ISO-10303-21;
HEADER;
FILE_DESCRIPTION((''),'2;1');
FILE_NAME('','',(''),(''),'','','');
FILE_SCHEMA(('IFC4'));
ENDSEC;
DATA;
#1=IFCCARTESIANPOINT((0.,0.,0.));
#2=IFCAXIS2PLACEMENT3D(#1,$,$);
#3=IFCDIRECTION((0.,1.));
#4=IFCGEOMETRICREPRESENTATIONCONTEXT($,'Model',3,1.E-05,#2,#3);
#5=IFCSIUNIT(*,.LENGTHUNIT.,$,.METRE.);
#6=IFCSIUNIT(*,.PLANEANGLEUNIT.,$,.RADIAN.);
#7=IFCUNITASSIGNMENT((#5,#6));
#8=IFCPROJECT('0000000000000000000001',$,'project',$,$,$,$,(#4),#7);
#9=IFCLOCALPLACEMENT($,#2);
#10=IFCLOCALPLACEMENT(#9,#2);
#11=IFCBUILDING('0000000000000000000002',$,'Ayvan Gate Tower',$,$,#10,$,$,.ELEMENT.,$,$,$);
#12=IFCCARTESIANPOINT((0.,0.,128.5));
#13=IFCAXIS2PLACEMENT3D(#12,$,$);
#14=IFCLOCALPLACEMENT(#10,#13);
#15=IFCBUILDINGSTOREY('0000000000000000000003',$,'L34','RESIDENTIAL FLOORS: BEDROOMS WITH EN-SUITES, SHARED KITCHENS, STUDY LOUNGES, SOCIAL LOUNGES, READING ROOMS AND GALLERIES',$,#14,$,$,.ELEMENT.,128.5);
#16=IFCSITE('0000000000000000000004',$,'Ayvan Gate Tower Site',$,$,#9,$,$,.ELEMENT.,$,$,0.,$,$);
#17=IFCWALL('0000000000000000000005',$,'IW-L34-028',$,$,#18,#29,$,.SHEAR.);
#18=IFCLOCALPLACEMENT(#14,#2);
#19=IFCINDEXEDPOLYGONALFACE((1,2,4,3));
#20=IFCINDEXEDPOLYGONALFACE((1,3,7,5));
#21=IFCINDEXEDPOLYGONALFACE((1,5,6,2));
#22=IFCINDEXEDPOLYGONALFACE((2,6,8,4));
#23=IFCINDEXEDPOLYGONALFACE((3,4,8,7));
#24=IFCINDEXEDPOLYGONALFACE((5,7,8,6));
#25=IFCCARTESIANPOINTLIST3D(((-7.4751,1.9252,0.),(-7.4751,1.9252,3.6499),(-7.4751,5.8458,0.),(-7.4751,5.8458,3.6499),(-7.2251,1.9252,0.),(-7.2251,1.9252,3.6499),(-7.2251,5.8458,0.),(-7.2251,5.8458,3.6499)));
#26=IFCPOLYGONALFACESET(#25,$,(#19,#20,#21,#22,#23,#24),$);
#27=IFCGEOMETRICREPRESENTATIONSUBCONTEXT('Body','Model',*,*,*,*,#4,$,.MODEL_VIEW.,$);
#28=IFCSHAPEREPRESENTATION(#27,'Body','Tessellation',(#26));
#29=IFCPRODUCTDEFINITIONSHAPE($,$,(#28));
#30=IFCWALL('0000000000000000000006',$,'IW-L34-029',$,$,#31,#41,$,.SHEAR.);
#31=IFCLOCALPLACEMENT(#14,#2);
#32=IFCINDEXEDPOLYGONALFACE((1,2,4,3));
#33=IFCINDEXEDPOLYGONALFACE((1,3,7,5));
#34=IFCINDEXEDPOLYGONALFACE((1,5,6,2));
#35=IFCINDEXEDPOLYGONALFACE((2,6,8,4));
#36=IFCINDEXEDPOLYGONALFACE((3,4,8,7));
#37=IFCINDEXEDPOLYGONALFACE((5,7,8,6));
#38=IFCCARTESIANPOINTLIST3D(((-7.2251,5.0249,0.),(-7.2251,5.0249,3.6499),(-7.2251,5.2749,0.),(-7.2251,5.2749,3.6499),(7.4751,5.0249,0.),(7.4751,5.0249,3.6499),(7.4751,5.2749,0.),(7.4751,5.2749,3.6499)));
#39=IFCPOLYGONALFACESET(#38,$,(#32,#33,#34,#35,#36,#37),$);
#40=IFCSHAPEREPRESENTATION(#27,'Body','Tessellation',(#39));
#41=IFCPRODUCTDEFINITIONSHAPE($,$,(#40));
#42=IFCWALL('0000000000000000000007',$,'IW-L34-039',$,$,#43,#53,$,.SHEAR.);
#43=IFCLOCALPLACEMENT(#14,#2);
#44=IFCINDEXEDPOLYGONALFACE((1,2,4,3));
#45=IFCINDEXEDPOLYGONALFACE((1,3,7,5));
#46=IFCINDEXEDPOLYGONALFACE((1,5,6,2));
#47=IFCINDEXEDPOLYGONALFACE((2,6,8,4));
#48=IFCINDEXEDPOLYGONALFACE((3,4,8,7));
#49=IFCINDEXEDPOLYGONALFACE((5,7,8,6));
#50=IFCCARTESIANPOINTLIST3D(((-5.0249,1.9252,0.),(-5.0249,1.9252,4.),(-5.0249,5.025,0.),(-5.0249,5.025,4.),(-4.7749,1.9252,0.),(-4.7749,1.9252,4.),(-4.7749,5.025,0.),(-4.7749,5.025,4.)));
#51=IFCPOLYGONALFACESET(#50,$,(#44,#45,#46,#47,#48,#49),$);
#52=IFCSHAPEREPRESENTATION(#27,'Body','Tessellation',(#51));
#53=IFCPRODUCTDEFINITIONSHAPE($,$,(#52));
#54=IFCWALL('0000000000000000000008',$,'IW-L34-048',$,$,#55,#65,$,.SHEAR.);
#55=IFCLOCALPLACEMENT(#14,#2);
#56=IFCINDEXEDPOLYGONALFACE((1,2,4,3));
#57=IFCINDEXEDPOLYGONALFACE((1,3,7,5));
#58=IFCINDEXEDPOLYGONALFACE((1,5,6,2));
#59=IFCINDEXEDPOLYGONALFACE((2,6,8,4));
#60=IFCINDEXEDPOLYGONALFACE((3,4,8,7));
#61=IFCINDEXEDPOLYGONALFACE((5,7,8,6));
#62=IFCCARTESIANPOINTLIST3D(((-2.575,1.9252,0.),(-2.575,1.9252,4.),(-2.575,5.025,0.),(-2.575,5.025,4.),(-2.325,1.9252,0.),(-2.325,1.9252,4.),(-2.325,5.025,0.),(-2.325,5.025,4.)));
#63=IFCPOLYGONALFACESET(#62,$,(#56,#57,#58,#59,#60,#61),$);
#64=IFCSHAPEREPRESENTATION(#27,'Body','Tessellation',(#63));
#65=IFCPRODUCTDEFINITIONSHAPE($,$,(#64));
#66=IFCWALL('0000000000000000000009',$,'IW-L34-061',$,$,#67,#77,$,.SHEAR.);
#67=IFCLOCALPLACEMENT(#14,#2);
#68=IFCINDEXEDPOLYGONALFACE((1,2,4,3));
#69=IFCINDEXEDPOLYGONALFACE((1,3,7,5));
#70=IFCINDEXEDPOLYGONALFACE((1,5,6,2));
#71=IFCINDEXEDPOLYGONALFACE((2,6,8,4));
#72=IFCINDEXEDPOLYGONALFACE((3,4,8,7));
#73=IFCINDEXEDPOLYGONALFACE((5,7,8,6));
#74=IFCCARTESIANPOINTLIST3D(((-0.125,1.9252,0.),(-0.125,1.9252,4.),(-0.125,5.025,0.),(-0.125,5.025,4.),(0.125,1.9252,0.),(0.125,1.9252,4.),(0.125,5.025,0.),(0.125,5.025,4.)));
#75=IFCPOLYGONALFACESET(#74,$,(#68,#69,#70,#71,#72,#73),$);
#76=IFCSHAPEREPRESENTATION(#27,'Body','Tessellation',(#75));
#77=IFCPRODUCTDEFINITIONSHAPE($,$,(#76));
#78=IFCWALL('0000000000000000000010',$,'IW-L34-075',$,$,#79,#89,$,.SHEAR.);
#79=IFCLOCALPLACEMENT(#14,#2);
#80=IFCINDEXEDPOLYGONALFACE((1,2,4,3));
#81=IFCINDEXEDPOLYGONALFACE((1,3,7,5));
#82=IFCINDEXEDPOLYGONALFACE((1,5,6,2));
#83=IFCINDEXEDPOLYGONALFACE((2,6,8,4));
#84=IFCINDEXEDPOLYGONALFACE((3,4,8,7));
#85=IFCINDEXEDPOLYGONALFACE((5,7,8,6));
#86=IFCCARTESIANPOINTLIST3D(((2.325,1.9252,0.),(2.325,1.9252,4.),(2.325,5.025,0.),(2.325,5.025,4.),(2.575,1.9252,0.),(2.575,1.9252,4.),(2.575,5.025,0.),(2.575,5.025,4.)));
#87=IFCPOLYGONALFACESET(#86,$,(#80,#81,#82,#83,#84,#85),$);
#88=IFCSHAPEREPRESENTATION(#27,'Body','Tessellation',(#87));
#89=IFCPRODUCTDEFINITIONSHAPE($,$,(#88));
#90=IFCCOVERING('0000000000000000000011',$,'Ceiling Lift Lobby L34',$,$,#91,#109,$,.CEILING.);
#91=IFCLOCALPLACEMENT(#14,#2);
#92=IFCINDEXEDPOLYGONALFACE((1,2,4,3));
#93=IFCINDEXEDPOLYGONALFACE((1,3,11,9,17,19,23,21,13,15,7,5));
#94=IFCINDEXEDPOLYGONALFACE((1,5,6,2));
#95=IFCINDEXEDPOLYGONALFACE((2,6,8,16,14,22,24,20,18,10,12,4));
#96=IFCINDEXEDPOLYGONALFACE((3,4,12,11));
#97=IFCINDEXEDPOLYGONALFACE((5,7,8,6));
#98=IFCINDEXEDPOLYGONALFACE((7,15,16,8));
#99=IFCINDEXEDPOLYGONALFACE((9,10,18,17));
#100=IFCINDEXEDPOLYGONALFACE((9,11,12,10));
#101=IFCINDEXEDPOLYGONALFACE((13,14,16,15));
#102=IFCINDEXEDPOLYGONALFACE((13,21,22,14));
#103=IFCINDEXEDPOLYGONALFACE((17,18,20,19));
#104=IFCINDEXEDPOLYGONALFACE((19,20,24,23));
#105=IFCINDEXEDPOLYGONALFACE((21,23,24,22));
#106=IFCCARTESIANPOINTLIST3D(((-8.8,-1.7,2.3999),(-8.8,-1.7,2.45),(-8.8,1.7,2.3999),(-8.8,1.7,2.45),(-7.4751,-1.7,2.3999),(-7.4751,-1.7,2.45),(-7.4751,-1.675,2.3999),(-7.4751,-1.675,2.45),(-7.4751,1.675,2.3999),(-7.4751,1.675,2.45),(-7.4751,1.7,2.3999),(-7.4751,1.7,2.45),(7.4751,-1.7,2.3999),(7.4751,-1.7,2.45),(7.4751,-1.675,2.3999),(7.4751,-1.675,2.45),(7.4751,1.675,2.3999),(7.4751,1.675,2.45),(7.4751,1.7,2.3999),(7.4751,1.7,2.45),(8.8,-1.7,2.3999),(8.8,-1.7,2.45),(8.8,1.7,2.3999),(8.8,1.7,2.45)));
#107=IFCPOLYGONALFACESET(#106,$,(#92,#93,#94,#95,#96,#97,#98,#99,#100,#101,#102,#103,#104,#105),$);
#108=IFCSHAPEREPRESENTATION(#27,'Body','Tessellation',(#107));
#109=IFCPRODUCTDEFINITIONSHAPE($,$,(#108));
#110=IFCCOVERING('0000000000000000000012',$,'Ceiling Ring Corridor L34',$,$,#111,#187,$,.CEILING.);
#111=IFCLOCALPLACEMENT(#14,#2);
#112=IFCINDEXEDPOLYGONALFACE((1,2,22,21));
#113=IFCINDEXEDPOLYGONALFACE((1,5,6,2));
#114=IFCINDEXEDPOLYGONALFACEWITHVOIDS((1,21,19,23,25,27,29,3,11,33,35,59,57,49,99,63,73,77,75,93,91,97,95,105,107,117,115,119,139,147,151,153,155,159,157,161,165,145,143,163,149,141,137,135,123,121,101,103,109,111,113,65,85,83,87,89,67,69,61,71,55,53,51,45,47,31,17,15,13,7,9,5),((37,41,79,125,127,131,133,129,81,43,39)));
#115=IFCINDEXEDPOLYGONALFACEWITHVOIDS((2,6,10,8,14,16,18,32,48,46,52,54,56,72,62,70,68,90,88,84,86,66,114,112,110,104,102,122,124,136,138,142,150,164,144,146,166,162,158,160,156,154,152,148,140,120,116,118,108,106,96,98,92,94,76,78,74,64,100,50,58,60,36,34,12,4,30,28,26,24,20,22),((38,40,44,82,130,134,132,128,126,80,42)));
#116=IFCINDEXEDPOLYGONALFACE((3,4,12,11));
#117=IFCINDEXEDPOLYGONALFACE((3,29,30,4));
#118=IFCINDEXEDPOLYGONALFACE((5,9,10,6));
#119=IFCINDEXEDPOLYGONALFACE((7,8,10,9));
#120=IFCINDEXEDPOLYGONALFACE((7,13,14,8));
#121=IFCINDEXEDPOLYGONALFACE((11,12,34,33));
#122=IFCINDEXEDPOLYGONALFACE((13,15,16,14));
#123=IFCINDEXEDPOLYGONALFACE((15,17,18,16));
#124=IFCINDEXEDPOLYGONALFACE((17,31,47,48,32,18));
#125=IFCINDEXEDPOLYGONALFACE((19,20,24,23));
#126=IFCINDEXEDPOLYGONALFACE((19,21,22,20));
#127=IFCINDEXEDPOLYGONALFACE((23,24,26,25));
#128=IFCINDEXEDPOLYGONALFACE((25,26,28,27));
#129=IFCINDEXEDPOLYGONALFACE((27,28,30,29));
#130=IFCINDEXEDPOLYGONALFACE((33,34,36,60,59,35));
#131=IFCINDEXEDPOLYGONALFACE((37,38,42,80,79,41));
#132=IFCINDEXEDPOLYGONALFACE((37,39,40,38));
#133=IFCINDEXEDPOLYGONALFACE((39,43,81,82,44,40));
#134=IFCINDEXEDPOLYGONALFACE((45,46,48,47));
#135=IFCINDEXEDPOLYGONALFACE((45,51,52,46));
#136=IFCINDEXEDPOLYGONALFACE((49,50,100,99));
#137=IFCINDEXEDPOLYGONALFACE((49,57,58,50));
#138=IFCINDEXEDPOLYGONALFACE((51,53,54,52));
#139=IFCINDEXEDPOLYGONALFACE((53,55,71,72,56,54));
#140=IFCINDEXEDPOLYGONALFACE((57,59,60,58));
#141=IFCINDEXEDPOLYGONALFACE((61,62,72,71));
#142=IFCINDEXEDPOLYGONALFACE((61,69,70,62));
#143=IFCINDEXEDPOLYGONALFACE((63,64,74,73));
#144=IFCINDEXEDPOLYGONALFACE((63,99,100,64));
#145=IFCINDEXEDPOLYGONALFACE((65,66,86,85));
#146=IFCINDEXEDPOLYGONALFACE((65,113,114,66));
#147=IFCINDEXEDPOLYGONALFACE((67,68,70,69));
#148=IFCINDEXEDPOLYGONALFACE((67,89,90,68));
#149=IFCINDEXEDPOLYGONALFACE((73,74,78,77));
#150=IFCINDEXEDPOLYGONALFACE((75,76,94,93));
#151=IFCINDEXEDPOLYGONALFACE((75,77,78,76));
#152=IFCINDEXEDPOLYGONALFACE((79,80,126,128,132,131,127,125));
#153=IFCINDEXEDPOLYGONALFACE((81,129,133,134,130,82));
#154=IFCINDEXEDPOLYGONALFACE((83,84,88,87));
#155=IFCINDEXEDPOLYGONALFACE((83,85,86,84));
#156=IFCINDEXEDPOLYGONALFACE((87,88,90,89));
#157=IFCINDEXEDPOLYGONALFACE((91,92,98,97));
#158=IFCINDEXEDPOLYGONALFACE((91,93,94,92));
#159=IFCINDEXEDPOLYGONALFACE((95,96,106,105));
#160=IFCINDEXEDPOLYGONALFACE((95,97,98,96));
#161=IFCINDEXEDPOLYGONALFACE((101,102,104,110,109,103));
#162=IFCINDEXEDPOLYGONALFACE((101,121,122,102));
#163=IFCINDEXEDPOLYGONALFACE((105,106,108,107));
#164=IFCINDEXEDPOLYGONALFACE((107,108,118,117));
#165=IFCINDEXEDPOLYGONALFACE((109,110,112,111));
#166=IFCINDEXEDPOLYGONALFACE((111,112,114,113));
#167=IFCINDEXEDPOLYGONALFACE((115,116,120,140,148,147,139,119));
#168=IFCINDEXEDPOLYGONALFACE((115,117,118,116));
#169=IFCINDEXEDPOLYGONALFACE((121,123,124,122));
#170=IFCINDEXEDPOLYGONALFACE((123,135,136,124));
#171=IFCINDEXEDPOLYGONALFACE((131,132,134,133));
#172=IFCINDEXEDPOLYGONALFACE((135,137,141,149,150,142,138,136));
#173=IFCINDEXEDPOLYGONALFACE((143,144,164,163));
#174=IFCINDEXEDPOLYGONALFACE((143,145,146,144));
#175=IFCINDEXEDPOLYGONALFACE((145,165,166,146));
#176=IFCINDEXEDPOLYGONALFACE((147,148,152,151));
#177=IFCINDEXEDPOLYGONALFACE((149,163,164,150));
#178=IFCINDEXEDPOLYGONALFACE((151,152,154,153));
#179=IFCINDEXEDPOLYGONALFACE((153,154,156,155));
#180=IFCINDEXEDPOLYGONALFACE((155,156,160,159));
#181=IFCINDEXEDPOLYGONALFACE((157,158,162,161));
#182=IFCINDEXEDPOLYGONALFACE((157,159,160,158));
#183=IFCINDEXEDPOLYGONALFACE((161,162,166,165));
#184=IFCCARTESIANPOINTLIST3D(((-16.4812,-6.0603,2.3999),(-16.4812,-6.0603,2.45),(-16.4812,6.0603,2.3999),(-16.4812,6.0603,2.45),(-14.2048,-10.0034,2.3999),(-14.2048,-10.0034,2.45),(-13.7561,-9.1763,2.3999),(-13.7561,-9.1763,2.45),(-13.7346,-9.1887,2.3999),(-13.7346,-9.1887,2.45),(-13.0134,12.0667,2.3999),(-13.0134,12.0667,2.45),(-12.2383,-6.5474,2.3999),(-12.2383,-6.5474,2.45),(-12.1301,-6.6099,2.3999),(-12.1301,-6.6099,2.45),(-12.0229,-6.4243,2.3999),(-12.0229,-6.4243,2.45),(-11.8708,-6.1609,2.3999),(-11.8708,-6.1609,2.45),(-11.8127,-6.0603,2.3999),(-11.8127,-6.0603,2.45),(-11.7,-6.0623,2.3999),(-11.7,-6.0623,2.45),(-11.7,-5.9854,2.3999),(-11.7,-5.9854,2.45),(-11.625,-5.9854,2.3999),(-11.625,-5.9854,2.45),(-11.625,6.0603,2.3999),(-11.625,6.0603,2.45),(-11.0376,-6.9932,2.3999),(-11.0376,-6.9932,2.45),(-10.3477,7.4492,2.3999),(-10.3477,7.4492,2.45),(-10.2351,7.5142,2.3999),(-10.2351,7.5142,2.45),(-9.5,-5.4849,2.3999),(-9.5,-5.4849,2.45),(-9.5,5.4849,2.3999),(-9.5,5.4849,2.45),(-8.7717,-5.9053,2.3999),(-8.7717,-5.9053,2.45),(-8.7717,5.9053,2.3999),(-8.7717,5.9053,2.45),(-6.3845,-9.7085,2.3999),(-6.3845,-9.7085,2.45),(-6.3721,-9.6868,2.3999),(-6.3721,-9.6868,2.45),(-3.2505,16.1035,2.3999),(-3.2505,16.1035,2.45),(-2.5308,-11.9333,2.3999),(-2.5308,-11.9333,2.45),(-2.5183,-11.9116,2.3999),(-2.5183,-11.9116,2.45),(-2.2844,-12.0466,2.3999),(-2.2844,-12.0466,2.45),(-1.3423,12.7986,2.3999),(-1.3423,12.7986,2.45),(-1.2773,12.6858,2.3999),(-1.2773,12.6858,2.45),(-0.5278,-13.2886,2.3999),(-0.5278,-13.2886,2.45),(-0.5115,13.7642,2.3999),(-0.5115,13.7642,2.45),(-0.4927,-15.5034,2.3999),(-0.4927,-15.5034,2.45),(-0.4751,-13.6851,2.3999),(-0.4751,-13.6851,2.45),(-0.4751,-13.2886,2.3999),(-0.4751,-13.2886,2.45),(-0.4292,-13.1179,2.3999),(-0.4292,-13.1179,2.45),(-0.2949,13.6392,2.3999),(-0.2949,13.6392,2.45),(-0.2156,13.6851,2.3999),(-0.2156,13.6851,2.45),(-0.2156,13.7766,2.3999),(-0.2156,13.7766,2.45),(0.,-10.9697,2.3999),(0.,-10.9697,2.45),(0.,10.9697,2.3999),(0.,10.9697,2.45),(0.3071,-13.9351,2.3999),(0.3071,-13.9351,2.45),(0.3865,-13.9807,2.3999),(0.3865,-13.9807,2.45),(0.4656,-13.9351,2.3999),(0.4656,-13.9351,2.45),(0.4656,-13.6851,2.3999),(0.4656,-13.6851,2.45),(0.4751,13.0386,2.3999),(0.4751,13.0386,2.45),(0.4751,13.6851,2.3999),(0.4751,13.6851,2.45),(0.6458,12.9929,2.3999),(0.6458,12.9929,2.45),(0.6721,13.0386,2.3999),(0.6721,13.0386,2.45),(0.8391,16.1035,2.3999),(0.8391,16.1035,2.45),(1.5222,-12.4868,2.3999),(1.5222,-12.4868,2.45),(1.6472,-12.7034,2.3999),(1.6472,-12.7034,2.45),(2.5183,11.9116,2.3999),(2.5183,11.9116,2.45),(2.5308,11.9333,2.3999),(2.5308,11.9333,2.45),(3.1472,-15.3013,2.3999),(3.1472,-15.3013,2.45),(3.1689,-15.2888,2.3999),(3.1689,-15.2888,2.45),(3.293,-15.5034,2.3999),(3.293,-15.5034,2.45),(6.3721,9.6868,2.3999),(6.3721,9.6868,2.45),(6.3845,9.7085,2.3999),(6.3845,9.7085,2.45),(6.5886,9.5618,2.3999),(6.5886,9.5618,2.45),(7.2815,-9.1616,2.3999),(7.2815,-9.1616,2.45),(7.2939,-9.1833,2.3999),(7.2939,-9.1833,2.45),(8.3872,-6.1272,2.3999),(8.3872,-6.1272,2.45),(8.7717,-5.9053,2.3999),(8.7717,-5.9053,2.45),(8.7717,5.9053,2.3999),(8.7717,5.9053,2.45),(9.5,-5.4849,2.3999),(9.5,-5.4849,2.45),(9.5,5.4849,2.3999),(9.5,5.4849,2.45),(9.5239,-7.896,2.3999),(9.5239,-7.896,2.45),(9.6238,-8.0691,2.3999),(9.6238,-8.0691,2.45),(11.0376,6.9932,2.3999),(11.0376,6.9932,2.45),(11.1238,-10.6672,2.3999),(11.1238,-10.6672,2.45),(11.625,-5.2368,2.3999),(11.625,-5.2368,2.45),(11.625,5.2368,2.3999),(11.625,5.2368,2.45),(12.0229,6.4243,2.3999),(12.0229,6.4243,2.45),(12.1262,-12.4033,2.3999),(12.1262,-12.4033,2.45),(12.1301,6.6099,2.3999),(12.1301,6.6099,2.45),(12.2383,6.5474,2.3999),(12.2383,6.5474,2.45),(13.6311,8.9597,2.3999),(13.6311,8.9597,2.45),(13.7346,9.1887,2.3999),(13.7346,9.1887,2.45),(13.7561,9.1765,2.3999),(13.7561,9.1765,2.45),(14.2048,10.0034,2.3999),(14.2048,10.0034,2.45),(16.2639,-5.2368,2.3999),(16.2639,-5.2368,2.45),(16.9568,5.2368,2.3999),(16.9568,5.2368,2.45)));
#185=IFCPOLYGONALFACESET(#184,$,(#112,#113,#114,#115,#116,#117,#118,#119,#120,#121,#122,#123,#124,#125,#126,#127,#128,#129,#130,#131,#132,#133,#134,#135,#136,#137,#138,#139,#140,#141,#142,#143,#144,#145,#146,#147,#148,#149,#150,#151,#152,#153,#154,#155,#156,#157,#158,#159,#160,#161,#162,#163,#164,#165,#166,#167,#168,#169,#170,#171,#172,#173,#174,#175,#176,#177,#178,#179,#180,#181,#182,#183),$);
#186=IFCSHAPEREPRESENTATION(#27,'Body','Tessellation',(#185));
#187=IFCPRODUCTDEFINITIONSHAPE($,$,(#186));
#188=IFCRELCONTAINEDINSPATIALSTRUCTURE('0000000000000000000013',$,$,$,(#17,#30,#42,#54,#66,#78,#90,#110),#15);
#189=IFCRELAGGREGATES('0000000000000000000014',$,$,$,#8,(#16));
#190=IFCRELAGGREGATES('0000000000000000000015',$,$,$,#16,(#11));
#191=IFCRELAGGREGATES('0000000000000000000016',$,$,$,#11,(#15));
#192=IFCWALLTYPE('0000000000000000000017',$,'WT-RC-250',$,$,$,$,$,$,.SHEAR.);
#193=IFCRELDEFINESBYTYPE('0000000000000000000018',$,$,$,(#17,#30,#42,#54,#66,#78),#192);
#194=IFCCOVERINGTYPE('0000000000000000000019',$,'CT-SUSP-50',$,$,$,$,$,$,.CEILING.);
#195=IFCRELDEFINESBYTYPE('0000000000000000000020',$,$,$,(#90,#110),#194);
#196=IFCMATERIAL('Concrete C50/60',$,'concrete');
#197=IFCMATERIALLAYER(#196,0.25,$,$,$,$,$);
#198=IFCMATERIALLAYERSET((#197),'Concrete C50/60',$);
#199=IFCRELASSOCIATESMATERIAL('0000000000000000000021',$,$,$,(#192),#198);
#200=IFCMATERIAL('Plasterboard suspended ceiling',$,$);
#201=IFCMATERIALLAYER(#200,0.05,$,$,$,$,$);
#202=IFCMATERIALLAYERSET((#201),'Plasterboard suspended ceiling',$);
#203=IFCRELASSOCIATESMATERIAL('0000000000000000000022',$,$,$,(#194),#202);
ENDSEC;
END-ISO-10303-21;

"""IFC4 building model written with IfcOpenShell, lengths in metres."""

from ifc_helpers import new_model, si_unit, direction, frame, frame_2d, origin, place, context, subcontext, project, spatial, polyline, rectangle, outline, extrude, material, layer, layer_set, type_object, element, save


model = new_model("IFC4")

# Units and contexts
model_context = context("Model", 3, precision=1e-05, world=origin(), true_north=direction((0.0, 1.0)))
body_context = subcontext(model_context, "Body", "Model", "MODEL_VIEW")
ifc_project = project(units=[si_unit("LENGTHUNIT", "METRE"), si_unit("PLANEANGLEUNIT", "RADIAN")], contexts=[model_context])

# Site, building, storey
site_placement = place(None, origin())
site = spatial("IfcSite", under=ifc_project, at=site_placement, Name="Ayvan Gate Tower Site", CompositionType="ELEMENT", RefElevation=0.0)
building_placement = place(site_placement, origin())
building = spatial("IfcBuilding", under=site, at=building_placement, Name="Ayvan Gate Tower", CompositionType="ELEMENT")
storey_placement = place(building_placement, frame((0.0, 0.0, 128.5)))
storey = spatial("IfcBuildingStorey", under=building, at=storey_placement, Name="L34", Description="RESIDENTIAL FLOORS: BEDROOMS WITH EN-SUITES, SHARED KITCHENS, STUDY LOUNGES, SOCIAL LOUNGES, READING ROOMS AND GALLERIES", CompositionType="ELEMENT", Elevation=128.5)

# Walls
ifc_material_1 = material(Name="Concrete C50/60", Category="concrete")
ifc_layer_1 = layer(ifc_material_1, 0.25)
ifc_layer_set_1 = layer_set([ifc_layer_1], Name="Concrete C50/60")
wall_type_1 = type_object("IfcWallType", Name="WT-RC-250", PredefinedType="SHEAR", material=ifc_layer_set_1)
wall_1_placement = place(storey_placement, frame((-7.3501, 1.925, 0.0), z_axis=(0.0, 0.0, 1.0), x_axis=(0.0, 1.0, 0.0)))
element("IfcWall", 1, at=wall_1_placement, inside=storey, type_object=wall_type_1, Name="IW-L34-028", PredefinedType="SHEAR", context=body_context, shape_type="SweptSolid", body=[
    extrude(rectangle(XDim=3.9207, YDim=0.25, at=frame_2d((1.9604, 0.0))), origin(), (0.0, 0.0, 1.0), 3.6499),
])
wall_2_placement = place(storey_placement, frame((-7.2251, 5.1499, 0.0), z_axis=(0.0, 0.0, 1.0), x_axis=(1.0, 0.0, 0.0)))
element("IfcWall", 2, at=wall_2_placement, inside=storey, type_object=wall_type_1, Name="IW-L34-029", PredefinedType="SHEAR", context=body_context, shape_type="SweptSolid", body=[
    extrude(rectangle(XDim=14.7002, YDim=0.25, at=frame_2d((7.3501, 0.0))), origin(), (0.0, 0.0, 1.0), 3.6499),
])
for number, where, z_axis, x_axis, name in (
    (3, (-4.8999, 5.0249, 0.0), (0.0, 0.0, 1.0), (0.0, -1.0, 0.0), "IW-L34-039"),
    (4, (-2.45, 5.0249, 0.0), (0.0, 0.0, 1.0), (0.0, -1.0, 0.0), "IW-L34-048"),
    (5, (0.0, 5.0249, 0.0), (0.0, 0.0, 1.0), (0.0, -1.0, 0.0), "IW-L34-061"),
    (6, (2.45, 5.0249, 0.0), (0.0, 0.0, 1.0), (0.0, -1.0, 0.0), "IW-L34-075"),
):
    element("IfcWall", number, at=place(storey_placement, frame(where, z_axis=z_axis, x_axis=x_axis)), inside=storey, type_object=wall_type_1, Name=name, PredefinedType="SHEAR", context=body_context, shape_type="SweptSolid", body=[
        extrude(rectangle(XDim=3.0999, YDim=0.25, at=frame_2d((1.5498, 0.0))), origin(), (0.0, 0.0, 1.0), 4.0),
    ])

# Coverings
ifc_material_2 = material(Name="Plasterboard suspended ceiling")
ifc_layer_2 = layer(ifc_material_2, 0.05)
ifc_layer_set_2 = layer_set([ifc_layer_2], Name="Plasterboard suspended ceiling")
covering_type = type_object("IfcCoveringType", Name="CT-SUSP-50", PredefinedType="CEILING", material=ifc_layer_set_2)
covering_1_placement = place(storey_placement, frame((0.0, 0.0, 2.3999)))
element("IfcCovering", 7, at=covering_1_placement, inside=storey, type_object=covering_type, Name="Ceiling Lift Lobby L34", PredefinedType="CEILING", context=body_context, shape_type="SweptSolid", body=[
    extrude(outline(polyline([(7.4751, -1.675), (-7.4751, -1.675), (-7.4751, -1.7), (-8.8, -1.7), (-8.8, 1.7), (-7.4751, 1.7), (-7.4751, 1.675), (7.4751, 1.675), (7.4751, 1.7), (8.8, 1.7), (8.8, -1.7), (7.4751, -1.7), (7.4751, -1.675)])), origin(), (0.0, 0.0, 1.0), 0.05),
])
covering_2_placement = place(storey_placement, frame((0.0, 0.0, 2.3999)))
element("IfcCovering", 8, at=covering_2_placement, inside=storey, type_object=covering_type, Name="Ceiling Ring Corridor L34", PredefinedType="CEILING", context=body_context, shape_type="SweptSolid", body=[
    extrude(outline(polyline([(-14.2048, -10.0034), (-16.4812, -6.0603), (-11.8127, -6.0603), (-11.8708, -6.1609), (-11.7, -6.0623), (-11.7, -5.9854), (-11.625, -5.9854), (-11.625, 6.0603), (-16.4812, 6.0603), (-13.0134, 12.0667), (-10.3477, 7.4492), (-10.2351, 7.5142), (-1.2773, 12.6858), (-1.3423, 12.7986), (-3.2505, 16.1035), (0.8391, 16.1035), (-0.5115, 13.7642), (-0.2949, 13.6392), (-0.2156, 13.7766), (-0.2156, 13.6851), (0.4751, 13.6851), (0.4751, 13.0386), (0.6721, 13.0386), (0.6458, 12.9929), (2.5183, 11.9116), (2.5308, 11.9333), (6.3845, 9.7085), (6.3721, 9.6868), (6.5886, 9.5618), (11.0376, 6.9932), (12.0229, 6.4243), (12.1301, 6.6099), (12.2383, 6.5474), (13.6311, 8.9597), (13.7561, 9.1765), (13.7346, 9.1887), (14.2048, 10.0034), (16.9568, 5.2368), (11.625, 5.2368), (11.625, -5.2368), (16.2639, -5.2368), (12.1262, -12.4033), (11.1238, -10.6672), (9.6238, -8.0691), (9.5239, -7.896), (7.2939, -9.1833), (7.2815, -9.1616), (1.5222, -12.4868), (1.6472, -12.7034), (3.1472, -15.3013), (3.1689, -15.2888), (3.293, -15.5034), (-0.4927, -15.5034), (0.3865, -13.9807), (0.3071, -13.9351), (0.4656, -13.9351), (0.4656, -13.6851), (-0.4751, -13.6851), (-0.4751, -13.2886), (-0.5278, -13.2886), (-0.4292, -13.1179), (-2.2844, -12.0466), (-2.5183, -11.9116), (-2.5308, -11.9333), (-6.3845, -9.7085), (-6.3721, -9.6868), (-11.0376, -6.9932), (-12.0229, -6.4243), (-12.1301, -6.6099), (-12.2383, -6.5474), (-13.7561, -9.1763), (-13.7346, -9.1887), (-14.2048, -10.0034)]), holes=[polyline([(-8.7717, -5.9053), (0.0, -10.9697), (8.3872, -6.1272), (8.7717, -5.9053), (9.5, -5.4849), (9.5, 5.4849), (8.7717, 5.9053), (0.0, 10.9697), (-8.7717, 5.9053), (-9.5, 5.4849), (-9.5, -5.4849), (-8.7717, -5.9053)])]), origin(), (0.0, 0.0, 1.0), 0.05),
])

save(model, "model.ifc")
